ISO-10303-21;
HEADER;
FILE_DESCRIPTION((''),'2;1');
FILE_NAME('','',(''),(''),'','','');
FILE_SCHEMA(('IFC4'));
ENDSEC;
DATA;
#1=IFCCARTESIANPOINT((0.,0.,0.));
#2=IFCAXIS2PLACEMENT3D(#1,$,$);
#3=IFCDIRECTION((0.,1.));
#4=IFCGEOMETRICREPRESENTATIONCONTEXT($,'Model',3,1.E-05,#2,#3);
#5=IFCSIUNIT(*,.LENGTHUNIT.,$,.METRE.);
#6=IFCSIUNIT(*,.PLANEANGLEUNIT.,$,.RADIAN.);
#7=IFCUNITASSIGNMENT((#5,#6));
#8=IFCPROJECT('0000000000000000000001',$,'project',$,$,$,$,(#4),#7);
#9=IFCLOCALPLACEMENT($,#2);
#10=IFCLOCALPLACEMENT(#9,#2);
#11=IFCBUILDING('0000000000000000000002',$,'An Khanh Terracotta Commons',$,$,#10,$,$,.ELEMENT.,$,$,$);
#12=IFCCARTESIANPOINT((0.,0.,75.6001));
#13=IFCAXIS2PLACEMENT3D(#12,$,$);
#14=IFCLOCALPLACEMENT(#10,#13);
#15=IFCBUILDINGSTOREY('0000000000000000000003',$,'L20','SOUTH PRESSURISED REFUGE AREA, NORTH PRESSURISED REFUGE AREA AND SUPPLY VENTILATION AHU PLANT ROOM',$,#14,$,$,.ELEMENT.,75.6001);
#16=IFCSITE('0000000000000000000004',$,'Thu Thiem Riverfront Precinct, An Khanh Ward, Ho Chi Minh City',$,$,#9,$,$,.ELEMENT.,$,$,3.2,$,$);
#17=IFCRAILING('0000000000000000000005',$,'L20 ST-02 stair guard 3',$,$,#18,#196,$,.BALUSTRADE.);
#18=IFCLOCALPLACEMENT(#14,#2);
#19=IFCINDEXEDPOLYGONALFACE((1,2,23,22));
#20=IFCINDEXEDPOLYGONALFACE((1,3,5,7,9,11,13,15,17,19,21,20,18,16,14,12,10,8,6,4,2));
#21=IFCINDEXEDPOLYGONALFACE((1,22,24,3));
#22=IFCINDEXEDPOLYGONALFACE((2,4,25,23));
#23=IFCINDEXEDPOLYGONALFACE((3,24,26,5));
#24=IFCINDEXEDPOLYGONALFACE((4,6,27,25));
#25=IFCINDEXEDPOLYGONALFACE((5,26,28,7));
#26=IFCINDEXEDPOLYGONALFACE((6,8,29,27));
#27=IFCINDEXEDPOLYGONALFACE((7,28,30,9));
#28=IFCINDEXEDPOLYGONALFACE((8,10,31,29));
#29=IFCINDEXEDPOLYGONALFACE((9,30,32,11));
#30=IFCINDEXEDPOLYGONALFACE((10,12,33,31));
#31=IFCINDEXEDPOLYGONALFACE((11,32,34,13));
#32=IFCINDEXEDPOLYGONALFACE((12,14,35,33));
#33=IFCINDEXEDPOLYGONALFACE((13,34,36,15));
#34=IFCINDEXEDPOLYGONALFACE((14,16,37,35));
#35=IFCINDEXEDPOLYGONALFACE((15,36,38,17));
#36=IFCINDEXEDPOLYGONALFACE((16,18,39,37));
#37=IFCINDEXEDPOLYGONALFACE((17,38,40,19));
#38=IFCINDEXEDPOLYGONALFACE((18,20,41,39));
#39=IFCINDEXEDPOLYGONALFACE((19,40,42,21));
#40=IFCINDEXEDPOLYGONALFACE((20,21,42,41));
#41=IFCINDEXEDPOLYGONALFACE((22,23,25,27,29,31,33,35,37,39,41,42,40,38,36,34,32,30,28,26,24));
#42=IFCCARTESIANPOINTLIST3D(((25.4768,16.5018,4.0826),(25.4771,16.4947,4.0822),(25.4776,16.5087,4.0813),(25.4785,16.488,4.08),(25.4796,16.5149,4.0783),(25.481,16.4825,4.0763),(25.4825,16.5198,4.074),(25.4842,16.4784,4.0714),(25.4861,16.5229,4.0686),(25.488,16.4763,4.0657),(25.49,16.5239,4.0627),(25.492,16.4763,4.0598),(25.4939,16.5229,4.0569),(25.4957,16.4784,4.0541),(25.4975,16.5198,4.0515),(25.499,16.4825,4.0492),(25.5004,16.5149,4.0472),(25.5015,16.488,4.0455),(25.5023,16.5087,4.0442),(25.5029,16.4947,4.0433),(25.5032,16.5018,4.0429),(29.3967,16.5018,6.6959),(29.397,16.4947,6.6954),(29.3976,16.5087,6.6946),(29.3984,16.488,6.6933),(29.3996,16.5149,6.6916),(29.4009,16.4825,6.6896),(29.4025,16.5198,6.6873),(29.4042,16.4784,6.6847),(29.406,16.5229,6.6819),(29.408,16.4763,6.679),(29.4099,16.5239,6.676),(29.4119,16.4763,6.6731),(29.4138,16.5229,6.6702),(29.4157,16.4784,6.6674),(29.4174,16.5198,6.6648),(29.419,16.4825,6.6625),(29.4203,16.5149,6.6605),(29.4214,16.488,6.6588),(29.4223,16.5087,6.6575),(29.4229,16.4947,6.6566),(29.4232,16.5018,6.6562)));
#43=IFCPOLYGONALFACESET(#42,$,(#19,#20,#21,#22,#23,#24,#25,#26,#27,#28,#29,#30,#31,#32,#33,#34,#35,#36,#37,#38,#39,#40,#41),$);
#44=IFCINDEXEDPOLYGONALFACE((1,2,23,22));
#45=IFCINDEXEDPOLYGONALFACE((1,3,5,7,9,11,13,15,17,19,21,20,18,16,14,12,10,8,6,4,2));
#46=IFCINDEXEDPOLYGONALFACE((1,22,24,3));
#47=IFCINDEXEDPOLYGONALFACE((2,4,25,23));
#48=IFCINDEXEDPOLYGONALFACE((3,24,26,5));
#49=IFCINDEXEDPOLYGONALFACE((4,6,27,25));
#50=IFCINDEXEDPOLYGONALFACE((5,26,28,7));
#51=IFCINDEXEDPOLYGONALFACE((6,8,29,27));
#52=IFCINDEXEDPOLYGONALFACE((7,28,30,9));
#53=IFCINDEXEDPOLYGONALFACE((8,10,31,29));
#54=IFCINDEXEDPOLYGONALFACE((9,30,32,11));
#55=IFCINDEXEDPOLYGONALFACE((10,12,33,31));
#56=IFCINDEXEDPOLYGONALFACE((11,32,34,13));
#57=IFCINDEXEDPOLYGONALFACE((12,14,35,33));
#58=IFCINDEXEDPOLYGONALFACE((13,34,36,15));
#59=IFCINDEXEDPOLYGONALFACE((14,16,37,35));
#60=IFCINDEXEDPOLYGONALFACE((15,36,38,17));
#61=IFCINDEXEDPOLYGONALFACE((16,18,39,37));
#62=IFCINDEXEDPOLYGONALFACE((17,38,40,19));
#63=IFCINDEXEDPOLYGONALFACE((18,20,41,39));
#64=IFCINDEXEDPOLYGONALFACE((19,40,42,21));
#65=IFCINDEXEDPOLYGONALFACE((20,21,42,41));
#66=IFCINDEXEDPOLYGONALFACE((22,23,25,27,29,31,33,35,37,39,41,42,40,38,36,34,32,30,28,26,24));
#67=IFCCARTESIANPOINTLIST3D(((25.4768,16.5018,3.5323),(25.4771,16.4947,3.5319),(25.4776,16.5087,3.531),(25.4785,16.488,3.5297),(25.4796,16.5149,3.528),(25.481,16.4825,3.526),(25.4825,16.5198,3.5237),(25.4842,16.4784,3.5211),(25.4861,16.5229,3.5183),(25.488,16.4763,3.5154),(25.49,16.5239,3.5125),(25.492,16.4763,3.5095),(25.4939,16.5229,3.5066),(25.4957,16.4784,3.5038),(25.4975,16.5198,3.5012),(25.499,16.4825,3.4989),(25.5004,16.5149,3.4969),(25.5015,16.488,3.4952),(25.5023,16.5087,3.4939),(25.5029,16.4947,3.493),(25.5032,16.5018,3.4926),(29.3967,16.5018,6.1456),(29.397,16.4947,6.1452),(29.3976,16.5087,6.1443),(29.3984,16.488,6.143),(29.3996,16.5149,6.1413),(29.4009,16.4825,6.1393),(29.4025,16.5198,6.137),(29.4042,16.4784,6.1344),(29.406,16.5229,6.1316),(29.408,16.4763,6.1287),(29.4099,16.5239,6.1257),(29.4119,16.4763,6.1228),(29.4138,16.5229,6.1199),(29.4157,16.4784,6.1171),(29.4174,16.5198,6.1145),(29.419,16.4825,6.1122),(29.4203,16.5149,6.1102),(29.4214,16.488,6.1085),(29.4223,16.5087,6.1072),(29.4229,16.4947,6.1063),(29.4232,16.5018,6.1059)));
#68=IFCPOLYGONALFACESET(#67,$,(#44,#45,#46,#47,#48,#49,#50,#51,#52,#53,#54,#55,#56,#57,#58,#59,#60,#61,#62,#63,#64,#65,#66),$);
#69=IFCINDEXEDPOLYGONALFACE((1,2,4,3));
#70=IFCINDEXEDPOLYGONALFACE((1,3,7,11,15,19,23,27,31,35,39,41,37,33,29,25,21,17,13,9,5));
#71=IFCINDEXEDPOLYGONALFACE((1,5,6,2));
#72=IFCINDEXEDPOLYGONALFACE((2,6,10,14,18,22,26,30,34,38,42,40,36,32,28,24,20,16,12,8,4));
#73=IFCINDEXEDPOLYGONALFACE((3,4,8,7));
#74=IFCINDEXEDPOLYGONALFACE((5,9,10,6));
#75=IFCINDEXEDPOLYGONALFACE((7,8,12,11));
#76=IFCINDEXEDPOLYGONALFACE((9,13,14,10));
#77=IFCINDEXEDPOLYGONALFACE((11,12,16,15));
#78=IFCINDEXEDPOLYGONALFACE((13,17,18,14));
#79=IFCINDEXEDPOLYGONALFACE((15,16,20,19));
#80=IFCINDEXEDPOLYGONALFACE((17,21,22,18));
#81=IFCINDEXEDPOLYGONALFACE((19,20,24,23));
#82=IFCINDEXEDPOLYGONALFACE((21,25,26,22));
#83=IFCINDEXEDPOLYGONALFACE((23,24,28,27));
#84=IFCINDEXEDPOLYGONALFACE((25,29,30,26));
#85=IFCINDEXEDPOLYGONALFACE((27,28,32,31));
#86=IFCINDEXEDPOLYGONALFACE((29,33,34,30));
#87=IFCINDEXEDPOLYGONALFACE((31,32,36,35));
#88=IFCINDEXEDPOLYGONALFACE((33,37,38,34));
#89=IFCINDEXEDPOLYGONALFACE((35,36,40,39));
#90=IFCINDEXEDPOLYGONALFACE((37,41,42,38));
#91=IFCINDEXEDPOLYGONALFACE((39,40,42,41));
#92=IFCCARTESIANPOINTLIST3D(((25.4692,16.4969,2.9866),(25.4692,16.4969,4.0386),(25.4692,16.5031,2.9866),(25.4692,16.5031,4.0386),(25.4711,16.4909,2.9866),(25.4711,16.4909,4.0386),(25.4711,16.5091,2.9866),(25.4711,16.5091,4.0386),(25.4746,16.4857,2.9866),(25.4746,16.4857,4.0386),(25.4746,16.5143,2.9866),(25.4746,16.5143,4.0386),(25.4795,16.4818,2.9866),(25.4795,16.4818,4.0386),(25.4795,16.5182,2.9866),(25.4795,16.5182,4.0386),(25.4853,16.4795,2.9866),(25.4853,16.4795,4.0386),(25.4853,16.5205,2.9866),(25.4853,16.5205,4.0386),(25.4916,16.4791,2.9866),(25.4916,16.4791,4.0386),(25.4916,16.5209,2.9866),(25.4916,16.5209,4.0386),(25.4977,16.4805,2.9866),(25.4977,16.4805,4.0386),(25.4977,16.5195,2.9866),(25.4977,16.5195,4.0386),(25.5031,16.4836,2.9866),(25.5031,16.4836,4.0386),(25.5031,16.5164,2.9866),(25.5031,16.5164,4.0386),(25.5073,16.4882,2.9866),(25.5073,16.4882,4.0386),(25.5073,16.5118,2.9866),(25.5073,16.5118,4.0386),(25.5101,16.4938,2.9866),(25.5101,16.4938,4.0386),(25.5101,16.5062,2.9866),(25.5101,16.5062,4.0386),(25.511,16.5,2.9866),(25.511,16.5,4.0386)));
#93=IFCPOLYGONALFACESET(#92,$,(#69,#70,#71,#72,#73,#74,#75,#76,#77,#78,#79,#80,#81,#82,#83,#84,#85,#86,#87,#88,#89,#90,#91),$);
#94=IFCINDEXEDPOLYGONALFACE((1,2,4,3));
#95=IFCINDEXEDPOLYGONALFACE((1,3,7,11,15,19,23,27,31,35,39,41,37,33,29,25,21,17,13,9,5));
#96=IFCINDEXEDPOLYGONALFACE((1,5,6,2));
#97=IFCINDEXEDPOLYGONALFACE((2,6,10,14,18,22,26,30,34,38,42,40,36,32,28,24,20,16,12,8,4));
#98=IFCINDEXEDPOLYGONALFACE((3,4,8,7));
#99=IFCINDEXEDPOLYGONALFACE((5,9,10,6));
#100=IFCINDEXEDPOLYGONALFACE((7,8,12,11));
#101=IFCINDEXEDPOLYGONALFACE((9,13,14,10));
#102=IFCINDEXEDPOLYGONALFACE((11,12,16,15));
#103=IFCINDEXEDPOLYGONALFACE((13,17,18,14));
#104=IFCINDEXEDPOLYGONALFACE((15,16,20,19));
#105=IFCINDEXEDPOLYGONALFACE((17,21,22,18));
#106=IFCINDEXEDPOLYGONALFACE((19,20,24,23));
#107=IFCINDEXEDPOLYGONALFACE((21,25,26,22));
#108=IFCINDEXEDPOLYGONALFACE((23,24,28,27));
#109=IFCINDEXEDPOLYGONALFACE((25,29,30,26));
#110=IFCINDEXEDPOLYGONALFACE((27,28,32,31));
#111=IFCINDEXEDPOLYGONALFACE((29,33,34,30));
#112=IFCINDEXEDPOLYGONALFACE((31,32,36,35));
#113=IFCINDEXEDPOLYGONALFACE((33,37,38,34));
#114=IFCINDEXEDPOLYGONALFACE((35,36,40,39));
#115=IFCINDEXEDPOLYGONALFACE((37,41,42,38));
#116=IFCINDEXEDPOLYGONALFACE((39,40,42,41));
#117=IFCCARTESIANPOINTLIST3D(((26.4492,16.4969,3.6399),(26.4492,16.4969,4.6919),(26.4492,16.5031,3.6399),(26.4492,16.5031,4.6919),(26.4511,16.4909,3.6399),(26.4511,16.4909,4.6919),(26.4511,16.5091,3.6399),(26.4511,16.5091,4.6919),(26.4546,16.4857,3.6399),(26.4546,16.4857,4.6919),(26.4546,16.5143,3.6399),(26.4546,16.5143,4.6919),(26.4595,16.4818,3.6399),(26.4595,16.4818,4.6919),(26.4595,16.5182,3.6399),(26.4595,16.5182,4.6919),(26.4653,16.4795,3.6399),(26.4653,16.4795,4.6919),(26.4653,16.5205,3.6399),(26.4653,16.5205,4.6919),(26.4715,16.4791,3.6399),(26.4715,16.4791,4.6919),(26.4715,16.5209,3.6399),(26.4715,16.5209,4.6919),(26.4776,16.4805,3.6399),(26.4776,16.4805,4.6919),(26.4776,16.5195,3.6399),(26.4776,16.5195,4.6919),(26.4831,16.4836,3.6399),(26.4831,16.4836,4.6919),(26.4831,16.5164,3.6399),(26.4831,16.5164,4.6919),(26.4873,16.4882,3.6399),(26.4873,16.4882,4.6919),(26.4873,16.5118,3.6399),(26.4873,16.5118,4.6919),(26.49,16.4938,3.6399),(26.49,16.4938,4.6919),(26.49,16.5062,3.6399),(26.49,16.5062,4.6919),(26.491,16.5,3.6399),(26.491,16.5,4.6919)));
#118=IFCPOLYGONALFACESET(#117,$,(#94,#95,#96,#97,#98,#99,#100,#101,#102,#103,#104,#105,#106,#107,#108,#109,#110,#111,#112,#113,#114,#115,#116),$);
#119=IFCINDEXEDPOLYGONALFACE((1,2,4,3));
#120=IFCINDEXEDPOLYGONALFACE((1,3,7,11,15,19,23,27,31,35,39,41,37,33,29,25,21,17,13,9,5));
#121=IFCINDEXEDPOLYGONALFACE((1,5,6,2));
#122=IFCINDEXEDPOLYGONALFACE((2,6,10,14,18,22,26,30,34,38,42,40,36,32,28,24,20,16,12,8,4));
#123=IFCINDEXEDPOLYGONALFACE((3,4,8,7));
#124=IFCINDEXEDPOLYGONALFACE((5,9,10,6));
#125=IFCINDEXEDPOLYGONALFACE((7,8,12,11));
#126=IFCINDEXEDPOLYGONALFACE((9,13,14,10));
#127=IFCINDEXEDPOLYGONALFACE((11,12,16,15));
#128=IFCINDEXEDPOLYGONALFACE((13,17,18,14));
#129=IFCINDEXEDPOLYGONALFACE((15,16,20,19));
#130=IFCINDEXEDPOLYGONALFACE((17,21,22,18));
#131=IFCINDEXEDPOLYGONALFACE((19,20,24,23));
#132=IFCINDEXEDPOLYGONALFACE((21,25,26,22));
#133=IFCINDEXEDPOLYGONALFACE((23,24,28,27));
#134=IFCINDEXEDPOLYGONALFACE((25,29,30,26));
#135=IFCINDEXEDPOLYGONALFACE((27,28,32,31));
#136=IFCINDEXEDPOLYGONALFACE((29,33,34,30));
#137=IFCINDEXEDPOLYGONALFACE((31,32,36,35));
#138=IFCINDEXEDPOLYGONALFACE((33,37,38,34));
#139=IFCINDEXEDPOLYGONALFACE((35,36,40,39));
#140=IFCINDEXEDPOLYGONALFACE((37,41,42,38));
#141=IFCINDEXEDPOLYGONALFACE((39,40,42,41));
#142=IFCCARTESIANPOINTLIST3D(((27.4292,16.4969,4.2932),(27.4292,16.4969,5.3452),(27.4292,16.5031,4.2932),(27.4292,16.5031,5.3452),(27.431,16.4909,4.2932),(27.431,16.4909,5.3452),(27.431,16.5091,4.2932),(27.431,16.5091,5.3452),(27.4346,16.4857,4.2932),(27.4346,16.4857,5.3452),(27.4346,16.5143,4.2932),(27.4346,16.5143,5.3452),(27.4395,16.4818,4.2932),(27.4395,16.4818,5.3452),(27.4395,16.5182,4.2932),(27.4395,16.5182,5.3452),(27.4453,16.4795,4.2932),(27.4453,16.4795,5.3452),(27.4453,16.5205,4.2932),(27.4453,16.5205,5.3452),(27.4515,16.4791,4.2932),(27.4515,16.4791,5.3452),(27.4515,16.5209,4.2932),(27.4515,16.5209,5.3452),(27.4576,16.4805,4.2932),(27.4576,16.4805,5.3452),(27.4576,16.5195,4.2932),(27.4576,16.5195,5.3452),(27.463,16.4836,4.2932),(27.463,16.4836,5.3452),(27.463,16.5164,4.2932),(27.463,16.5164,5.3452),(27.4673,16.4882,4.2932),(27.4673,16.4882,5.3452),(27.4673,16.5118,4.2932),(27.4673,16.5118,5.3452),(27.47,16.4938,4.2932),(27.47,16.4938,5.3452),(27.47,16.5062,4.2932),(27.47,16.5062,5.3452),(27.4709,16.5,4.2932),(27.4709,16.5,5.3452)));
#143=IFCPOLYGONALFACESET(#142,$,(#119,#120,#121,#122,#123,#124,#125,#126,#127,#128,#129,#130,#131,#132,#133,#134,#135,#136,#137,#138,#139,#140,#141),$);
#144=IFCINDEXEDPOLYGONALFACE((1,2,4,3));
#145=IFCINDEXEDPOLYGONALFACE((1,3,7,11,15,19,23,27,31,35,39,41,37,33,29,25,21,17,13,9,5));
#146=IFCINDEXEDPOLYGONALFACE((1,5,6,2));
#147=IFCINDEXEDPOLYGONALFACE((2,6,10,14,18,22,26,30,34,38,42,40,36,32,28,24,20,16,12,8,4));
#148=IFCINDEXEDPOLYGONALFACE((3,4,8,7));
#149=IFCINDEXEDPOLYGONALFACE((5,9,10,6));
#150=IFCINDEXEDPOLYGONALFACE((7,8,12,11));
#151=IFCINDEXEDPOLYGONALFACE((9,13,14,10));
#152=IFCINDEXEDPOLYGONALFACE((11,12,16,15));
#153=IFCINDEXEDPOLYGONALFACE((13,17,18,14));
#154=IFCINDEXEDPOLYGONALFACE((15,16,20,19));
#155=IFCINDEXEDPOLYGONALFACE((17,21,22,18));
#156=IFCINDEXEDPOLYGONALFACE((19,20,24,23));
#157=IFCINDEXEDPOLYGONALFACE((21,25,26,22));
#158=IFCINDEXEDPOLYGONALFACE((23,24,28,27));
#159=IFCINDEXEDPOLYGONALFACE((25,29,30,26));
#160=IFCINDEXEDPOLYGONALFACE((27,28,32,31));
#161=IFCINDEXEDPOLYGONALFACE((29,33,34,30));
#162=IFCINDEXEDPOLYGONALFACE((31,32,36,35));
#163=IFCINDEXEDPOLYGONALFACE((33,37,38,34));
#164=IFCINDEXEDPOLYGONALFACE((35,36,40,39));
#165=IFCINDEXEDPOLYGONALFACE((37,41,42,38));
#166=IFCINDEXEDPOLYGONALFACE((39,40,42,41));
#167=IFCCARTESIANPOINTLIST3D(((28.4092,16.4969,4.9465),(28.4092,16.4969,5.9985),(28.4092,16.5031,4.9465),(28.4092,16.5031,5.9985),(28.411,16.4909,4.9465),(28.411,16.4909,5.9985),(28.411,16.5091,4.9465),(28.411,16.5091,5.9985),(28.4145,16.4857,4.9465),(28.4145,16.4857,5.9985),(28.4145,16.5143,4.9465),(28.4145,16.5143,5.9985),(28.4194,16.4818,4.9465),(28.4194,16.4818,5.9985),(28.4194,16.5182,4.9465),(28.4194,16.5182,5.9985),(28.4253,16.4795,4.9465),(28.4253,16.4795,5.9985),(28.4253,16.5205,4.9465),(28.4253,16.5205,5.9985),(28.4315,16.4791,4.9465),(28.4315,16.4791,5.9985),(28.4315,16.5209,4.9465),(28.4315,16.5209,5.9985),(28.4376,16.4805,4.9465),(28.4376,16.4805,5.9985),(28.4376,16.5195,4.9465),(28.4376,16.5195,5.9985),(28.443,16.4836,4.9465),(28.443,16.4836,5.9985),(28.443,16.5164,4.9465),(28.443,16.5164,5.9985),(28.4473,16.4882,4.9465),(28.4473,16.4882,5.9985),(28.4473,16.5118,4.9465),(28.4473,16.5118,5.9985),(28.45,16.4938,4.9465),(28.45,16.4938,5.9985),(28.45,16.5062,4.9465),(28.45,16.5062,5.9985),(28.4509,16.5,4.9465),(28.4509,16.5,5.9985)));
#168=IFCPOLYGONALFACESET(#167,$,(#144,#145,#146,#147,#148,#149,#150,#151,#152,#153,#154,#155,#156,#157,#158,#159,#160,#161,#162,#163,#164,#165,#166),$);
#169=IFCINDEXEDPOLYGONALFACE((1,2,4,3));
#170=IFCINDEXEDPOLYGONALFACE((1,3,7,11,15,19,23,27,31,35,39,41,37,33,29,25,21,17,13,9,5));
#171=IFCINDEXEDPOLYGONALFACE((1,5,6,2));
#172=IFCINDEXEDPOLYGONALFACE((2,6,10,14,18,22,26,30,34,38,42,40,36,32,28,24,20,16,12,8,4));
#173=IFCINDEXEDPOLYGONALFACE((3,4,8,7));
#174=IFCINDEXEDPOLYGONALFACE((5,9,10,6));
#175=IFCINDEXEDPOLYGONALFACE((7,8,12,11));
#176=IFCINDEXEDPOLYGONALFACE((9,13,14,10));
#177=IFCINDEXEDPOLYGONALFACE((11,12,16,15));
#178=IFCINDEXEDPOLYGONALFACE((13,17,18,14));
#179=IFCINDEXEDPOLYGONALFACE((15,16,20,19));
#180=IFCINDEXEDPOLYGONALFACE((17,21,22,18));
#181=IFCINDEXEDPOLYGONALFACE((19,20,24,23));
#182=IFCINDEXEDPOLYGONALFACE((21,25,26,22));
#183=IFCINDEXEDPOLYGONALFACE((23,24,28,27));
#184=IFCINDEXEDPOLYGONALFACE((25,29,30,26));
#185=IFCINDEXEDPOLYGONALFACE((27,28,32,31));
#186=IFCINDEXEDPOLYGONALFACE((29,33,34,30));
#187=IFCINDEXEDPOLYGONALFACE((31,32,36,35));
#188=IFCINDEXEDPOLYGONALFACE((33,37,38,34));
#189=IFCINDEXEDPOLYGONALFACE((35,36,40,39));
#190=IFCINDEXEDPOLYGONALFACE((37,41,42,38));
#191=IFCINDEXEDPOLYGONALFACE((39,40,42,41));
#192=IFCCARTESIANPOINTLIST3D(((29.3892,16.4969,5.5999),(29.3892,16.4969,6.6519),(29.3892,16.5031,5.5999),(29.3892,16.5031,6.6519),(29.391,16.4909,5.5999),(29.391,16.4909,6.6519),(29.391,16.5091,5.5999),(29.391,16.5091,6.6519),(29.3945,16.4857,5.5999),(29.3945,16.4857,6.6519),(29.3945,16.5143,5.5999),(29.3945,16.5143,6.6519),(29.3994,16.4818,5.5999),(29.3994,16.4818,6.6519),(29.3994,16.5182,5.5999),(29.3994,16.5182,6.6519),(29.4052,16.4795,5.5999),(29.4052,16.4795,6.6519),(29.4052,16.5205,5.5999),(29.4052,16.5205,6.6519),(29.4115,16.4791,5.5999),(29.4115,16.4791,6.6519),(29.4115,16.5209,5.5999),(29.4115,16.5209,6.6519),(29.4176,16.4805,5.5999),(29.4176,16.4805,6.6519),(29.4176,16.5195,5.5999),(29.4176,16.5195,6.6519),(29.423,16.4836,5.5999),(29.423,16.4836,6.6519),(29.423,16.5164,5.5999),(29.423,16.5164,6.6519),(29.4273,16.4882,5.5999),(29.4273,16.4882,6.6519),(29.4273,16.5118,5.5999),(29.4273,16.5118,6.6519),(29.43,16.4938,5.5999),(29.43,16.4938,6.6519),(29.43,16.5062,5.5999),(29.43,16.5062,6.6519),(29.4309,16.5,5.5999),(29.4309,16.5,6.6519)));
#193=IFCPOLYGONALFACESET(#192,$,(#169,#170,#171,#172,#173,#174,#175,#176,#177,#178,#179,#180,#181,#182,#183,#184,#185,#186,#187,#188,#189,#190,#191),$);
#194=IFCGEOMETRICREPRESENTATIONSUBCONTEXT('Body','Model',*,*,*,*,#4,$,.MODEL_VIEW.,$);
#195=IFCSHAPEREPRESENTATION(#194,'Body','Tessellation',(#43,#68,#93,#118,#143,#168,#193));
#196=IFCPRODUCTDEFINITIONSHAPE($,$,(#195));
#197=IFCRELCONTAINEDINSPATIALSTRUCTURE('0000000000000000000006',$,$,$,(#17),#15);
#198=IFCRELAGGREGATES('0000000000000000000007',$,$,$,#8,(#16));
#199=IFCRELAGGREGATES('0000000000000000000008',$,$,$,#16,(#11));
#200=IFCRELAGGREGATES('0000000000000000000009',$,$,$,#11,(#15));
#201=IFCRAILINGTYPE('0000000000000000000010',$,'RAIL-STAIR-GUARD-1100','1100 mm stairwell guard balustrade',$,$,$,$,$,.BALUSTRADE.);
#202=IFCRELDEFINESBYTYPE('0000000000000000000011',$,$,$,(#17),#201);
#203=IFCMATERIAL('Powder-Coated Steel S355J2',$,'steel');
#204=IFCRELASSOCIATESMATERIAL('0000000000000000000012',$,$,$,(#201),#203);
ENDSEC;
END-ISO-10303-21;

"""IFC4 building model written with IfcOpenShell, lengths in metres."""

from ifc_helpers import new_model, si_unit, direction, frame, origin, origin_2d, place, context, subcontext, project, spatial, circle, extrude, material, type_object, element, save


model = new_model("IFC4")

# Units and contexts
model_context = context("Model", 3, precision=1e-05, world=origin(), true_north=direction((0.0, 1.0)))
body_context = subcontext(model_context, "Body", "Model", "MODEL_VIEW")
ifc_project = project(units=[si_unit("LENGTHUNIT", "METRE"), si_unit("PLANEANGLEUNIT", "RADIAN")], contexts=[model_context])

# Site, building, storey
site_placement = place(None, origin())
site = spatial("IfcSite", under=ifc_project, at=site_placement, Name="Thu Thiem Riverfront Precinct, An Khanh Ward, Ho Chi Minh City", CompositionType="ELEMENT", RefElevation=3.2)
building_placement = place(site_placement, origin())
building = spatial("IfcBuilding", under=site, at=building_placement, Name="An Khanh Terracotta Commons", CompositionType="ELEMENT")
storey_placement = place(building_placement, frame((0.0, 0.0, 75.6001)))
storey = spatial("IfcBuildingStorey", under=building, at=storey_placement, Name="L20", Description="SOUTH PRESSURISED REFUGE AREA, NORTH PRESSURISED REFUGE AREA AND SUPPLY VENTILATION AHU PLANT ROOM", CompositionType="ELEMENT", Elevation=75.6001)

# Railing
ifc_material_1 = material(Name="Powder-Coated Steel S355J2", Category="steel")
railing_type_1 = type_object("IfcRailingType", Name="RAIL-STAIR-GUARD-1100", Description="1100 mm stairwell guard balustrade", PredefinedType="BALUSTRADE", material=ifc_material_1)
railing_1_placement = place(storey_placement, frame((25.49, 16.5, 2.9866)))
element("IfcRailing", 1, at=railing_1_placement, inside=storey, type_object=railing_type_1, Name="L20 ST-02 stair guard 3", PredefinedType="BALUSTRADE", context=body_context, shape_type="SweptSolid", body=[
    extrude(circle(Radius=0.0239, at=origin_2d()), frame((0.0, 0.0, 1.0762), z_axis=(0.83205, 0.0, 0.5547), x_axis=(0.0, 1.0, 0.0)), (0.0, 0.0, 1.0), 4.7112),
    extrude(circle(Radius=0.0239, at=origin_2d()), frame((0.0, 0.0, 0.5259), z_axis=(0.83205, 0.0, 0.5547), x_axis=(0.0, 1.0, 0.0)), (0.0, 0.0, 1.0), 4.7112),
    extrude(circle(Radius=0.021, at=origin_2d()), origin(), (0.0, 0.0, 1.0), 1.052),
    extrude(circle(Radius=0.021, at=origin_2d()), frame((0.98, 0.0, 0.6533)), (0.0, 0.0, 1.0), 1.052),
    extrude(circle(Radius=0.021, at=origin_2d()), frame((1.96, 0.0, 1.3066)), (0.0, 0.0, 1.0), 1.052),
    extrude(circle(Radius=0.021, at=origin_2d()), frame((2.9399, 0.0, 1.96)), (0.0, 0.0, 1.0), 1.052),
    extrude(circle(Radius=0.021, at=origin_2d()), frame((3.9199, 0.0, 2.6133)), (0.0, 0.0, 1.0), 1.052),
])

save(model, "model.ifc")
